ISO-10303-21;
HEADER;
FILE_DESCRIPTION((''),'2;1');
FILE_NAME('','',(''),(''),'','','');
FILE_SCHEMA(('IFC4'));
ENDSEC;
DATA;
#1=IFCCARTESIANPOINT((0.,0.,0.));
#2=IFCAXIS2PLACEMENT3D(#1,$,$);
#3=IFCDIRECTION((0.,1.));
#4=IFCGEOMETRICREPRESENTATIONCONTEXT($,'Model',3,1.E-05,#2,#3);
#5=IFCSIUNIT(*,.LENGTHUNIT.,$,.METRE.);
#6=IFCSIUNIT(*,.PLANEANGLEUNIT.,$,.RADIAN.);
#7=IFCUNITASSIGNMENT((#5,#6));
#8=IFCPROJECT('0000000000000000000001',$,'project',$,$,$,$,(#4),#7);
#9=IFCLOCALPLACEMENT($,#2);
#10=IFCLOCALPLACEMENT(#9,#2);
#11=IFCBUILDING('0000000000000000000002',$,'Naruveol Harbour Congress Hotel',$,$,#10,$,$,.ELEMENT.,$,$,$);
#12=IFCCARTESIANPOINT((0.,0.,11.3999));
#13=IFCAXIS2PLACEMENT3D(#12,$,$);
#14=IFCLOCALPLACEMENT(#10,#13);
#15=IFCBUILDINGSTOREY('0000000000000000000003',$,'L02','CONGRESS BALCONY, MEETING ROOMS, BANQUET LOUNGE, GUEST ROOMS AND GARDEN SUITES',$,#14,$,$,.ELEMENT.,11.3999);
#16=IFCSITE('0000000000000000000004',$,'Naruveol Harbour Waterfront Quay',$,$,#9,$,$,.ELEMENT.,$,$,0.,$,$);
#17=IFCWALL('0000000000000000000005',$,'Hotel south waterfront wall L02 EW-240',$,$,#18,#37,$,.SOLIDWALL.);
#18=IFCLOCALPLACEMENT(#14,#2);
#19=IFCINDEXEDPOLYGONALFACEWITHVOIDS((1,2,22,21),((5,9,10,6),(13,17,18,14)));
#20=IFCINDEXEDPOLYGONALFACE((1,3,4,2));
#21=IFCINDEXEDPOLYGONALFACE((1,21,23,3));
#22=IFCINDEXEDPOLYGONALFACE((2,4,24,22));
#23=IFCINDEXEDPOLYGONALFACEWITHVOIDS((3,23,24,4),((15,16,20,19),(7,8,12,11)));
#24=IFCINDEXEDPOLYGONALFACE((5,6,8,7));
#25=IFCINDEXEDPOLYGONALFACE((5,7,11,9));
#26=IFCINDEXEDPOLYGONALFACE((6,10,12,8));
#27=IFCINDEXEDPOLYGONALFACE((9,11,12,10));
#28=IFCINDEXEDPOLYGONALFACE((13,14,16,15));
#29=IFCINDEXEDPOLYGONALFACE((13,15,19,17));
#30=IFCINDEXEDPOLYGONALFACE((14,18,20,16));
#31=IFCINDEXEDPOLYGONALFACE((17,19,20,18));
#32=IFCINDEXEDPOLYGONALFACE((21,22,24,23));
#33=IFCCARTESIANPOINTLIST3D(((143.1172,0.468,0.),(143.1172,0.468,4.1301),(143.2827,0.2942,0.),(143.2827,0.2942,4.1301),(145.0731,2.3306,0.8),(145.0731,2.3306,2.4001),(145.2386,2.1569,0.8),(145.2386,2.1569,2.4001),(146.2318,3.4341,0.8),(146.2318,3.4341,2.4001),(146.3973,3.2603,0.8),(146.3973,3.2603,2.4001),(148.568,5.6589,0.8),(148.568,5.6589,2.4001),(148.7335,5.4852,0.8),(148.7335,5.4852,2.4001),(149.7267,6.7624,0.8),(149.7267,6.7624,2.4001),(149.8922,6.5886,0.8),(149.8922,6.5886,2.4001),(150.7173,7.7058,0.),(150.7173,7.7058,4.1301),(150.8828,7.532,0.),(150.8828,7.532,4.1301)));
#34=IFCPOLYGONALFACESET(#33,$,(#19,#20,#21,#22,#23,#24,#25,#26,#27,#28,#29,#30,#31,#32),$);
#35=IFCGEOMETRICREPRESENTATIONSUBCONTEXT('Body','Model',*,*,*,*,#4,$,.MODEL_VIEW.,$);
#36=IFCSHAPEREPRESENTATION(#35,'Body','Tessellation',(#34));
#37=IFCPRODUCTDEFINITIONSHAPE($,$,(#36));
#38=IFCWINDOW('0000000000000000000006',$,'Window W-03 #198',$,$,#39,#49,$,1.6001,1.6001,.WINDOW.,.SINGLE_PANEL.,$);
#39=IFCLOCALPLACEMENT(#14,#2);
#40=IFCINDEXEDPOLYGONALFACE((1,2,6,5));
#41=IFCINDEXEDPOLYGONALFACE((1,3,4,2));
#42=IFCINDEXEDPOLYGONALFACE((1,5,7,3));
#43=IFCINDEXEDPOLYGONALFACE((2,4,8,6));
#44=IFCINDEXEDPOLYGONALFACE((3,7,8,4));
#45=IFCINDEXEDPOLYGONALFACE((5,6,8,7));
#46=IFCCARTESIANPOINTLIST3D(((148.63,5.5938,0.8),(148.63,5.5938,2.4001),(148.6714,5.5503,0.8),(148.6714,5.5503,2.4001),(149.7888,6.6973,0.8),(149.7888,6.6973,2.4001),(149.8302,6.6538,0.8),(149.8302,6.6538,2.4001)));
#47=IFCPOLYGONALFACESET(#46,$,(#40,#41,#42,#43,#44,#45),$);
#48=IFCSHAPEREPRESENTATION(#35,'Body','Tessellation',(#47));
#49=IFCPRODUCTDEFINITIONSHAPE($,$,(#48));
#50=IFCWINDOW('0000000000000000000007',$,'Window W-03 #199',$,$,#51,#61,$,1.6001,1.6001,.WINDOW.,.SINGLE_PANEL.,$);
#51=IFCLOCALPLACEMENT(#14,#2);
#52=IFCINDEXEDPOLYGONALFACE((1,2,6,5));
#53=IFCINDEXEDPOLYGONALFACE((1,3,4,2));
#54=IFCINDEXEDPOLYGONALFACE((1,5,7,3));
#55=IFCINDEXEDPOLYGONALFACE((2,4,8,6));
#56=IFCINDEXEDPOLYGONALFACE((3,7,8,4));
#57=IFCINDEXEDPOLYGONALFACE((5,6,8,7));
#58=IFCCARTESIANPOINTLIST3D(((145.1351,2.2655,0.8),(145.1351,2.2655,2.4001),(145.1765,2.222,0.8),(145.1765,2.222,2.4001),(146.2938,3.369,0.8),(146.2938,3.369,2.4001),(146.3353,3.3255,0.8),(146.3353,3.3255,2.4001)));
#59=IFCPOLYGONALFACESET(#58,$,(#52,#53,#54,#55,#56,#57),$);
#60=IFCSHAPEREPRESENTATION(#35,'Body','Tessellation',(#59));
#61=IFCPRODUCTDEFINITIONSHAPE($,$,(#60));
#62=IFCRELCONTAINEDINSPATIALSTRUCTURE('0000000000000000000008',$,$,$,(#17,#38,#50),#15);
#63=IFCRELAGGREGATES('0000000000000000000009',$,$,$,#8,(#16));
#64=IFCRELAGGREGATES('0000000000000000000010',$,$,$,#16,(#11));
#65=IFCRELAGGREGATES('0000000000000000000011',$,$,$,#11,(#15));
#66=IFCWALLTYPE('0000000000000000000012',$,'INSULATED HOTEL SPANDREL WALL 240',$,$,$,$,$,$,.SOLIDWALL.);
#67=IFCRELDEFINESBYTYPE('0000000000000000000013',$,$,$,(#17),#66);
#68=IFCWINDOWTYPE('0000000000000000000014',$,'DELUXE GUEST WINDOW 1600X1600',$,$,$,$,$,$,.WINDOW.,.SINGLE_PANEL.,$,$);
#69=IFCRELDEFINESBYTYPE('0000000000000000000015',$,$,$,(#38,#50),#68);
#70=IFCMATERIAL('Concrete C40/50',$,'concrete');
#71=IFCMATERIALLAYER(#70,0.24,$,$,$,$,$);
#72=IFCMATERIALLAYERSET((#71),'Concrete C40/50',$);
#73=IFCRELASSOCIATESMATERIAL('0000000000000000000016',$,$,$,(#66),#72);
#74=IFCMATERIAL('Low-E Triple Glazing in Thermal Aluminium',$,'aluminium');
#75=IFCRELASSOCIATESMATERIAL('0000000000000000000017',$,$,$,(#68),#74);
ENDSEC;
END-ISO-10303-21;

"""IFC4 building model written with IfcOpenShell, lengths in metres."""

from ifc_helpers import new_model, si_unit, direction, frame, frame_2d, origin, place, context, subcontext, project, spatial, rectangle, extrude, material, layer, layer_set, type_object, element, fill, save


model = new_model("IFC4")

# Units and contexts
model_context = context("Model", 3, precision=1e-05, world=origin(), true_north=direction((0.0, 1.0)))
body_context = subcontext(model_context, "Body", "Model", "MODEL_VIEW")
ifc_project = project(units=[si_unit("LENGTHUNIT", "METRE"), si_unit("PLANEANGLEUNIT", "RADIAN")], contexts=[model_context])

# Site, building, storey
site_placement = place(None, origin())
site = spatial("IfcSite", under=ifc_project, at=site_placement, Name="Naruveol Harbour Waterfront Quay", CompositionType="ELEMENT", RefElevation=0.0)
building_placement = place(site_placement, origin())
building = spatial("IfcBuilding", under=site, at=building_placement, Name="Naruveol Harbour Congress Hotel", CompositionType="ELEMENT")
storey_placement = place(building_placement, frame((0.0, 0.0, 11.3999)))
storey = spatial("IfcBuildingStorey", under=building, at=storey_placement, Name="L02", Description="CONGRESS BALCONY, MEETING ROOMS, BANQUET LOUNGE, GUEST ROOMS AND GARDEN SUITES", CompositionType="ELEMENT", Elevation=11.3999)

# Wall, openings, windows
ifc_material_1 = material(Name="Concrete C40/50", Category="concrete")
ifc_layer_1 = layer(ifc_material_1, 0.24)
ifc_layer_set_1 = layer_set([ifc_layer_1], Name="Concrete C40/50")
wall_type_1 = type_object("IfcWallType", Name="INSULATED HOTEL SPANDREL WALL 240", PredefinedType="SOLIDWALL", material=ifc_layer_set_1)
wall_1_placement = place(storey_placement, frame((150.8, 7.6189, 0.0), z_axis=(0.0, 0.0, 1.0), x_axis=(-0.724157, -0.689635, 0.0)))
wall_1 = element("IfcWall", 1, at=wall_1_placement, inside=storey, type_object=wall_type_1, Name="Hotel south waterfront wall L02 EW-240", PredefinedType="SOLIDWALL", context=body_context, shape_type="SweptSolid", body=[
    extrude(rectangle(XDim=10.4951, YDim=0.24, at=frame_2d((5.2476, 0.0))), origin(), (0.0, 0.0, 1.0), 4.1301),
])
opening_1_placement = place(wall_1_placement, frame((1.3679, 0.0, 0.8)))
opening_1 = element("IfcOpeningElement", 2, at=opening_1_placement, cuts=wall_1, PredefinedType="OPENING", context=body_context, shape_type="SweptSolid", body=[
    extrude(rectangle(XDim=1.6001, YDim=1.6001, at=frame_2d((0.8, 0.8))), frame((0.0, 0.1299, 0.0), z_axis=(0.0, -1.0, 0.0), x_axis=(1.0, 0.0, 0.0)), (0.0, 0.0, 1.0), 0.26),
])
opening_2_placement = place(wall_1_placement, frame((6.1941, 0.0, 0.8)))
opening_2 = element("IfcOpeningElement", 3, at=opening_2_placement, cuts=wall_1, PredefinedType="OPENING", context=body_context, shape_type="SweptSolid", body=[
    extrude(rectangle(XDim=1.6001, YDim=1.6001, at=frame_2d((0.8, 0.8))), frame((0.0, 0.1299, 0.0), z_axis=(0.0, -1.0, 0.0), x_axis=(1.0, 0.0, 0.0)), (0.0, 0.0, 1.0), 0.26),
])
ifc_material_2 = material(Name="Low-E Triple Glazing in Thermal Aluminium", Category="aluminium")
window_type = type_object("IfcWindowType", Name="DELUXE GUEST WINDOW 1600X1600", PartitioningType="SINGLE_PANEL", PredefinedType="WINDOW", material=ifc_material_2)
window_1_placement = place(opening_1_placement, origin())
window_1 = element("IfcWindow", 4, at=window_1_placement, inside=storey, type_object=window_type, Name="Window W-03 #198", OverallHeight=1.6001, OverallWidth=1.6001, PartitioningType="SINGLE_PANEL", PredefinedType="WINDOW", context=body_context, shape_type="SweptSolid", body=[
    extrude(rectangle(XDim=1.6001, YDim=1.6001, at=frame_2d((0.8, 0.8))), frame((0.0, 0.03, 0.0), z_axis=(0.0, -1.0, 0.0), x_axis=(1.0, 0.0, 0.0)), (0.0, 0.0, 1.0), 0.0601),
])
fill(opening_1, window_1)
window_2_placement = place(opening_2_placement, origin())
window_2 = element("IfcWindow", 5, at=window_2_placement, inside=storey, type_object=window_type, Name="Window W-03 #199", OverallHeight=1.6001, OverallWidth=1.6001, PartitioningType="SINGLE_PANEL", PredefinedType="WINDOW", context=body_context, shape_type="SweptSolid", body=[
    extrude(rectangle(XDim=1.6001, YDim=1.6001, at=frame_2d((0.8, 0.8))), frame((0.0, 0.03, 0.0), z_axis=(0.0, -1.0, 0.0), x_axis=(1.0, 0.0, 0.0)), (0.0, 0.0, 1.0), 0.0601),
])
fill(opening_2, window_2)

save(model, "model.ifc")
